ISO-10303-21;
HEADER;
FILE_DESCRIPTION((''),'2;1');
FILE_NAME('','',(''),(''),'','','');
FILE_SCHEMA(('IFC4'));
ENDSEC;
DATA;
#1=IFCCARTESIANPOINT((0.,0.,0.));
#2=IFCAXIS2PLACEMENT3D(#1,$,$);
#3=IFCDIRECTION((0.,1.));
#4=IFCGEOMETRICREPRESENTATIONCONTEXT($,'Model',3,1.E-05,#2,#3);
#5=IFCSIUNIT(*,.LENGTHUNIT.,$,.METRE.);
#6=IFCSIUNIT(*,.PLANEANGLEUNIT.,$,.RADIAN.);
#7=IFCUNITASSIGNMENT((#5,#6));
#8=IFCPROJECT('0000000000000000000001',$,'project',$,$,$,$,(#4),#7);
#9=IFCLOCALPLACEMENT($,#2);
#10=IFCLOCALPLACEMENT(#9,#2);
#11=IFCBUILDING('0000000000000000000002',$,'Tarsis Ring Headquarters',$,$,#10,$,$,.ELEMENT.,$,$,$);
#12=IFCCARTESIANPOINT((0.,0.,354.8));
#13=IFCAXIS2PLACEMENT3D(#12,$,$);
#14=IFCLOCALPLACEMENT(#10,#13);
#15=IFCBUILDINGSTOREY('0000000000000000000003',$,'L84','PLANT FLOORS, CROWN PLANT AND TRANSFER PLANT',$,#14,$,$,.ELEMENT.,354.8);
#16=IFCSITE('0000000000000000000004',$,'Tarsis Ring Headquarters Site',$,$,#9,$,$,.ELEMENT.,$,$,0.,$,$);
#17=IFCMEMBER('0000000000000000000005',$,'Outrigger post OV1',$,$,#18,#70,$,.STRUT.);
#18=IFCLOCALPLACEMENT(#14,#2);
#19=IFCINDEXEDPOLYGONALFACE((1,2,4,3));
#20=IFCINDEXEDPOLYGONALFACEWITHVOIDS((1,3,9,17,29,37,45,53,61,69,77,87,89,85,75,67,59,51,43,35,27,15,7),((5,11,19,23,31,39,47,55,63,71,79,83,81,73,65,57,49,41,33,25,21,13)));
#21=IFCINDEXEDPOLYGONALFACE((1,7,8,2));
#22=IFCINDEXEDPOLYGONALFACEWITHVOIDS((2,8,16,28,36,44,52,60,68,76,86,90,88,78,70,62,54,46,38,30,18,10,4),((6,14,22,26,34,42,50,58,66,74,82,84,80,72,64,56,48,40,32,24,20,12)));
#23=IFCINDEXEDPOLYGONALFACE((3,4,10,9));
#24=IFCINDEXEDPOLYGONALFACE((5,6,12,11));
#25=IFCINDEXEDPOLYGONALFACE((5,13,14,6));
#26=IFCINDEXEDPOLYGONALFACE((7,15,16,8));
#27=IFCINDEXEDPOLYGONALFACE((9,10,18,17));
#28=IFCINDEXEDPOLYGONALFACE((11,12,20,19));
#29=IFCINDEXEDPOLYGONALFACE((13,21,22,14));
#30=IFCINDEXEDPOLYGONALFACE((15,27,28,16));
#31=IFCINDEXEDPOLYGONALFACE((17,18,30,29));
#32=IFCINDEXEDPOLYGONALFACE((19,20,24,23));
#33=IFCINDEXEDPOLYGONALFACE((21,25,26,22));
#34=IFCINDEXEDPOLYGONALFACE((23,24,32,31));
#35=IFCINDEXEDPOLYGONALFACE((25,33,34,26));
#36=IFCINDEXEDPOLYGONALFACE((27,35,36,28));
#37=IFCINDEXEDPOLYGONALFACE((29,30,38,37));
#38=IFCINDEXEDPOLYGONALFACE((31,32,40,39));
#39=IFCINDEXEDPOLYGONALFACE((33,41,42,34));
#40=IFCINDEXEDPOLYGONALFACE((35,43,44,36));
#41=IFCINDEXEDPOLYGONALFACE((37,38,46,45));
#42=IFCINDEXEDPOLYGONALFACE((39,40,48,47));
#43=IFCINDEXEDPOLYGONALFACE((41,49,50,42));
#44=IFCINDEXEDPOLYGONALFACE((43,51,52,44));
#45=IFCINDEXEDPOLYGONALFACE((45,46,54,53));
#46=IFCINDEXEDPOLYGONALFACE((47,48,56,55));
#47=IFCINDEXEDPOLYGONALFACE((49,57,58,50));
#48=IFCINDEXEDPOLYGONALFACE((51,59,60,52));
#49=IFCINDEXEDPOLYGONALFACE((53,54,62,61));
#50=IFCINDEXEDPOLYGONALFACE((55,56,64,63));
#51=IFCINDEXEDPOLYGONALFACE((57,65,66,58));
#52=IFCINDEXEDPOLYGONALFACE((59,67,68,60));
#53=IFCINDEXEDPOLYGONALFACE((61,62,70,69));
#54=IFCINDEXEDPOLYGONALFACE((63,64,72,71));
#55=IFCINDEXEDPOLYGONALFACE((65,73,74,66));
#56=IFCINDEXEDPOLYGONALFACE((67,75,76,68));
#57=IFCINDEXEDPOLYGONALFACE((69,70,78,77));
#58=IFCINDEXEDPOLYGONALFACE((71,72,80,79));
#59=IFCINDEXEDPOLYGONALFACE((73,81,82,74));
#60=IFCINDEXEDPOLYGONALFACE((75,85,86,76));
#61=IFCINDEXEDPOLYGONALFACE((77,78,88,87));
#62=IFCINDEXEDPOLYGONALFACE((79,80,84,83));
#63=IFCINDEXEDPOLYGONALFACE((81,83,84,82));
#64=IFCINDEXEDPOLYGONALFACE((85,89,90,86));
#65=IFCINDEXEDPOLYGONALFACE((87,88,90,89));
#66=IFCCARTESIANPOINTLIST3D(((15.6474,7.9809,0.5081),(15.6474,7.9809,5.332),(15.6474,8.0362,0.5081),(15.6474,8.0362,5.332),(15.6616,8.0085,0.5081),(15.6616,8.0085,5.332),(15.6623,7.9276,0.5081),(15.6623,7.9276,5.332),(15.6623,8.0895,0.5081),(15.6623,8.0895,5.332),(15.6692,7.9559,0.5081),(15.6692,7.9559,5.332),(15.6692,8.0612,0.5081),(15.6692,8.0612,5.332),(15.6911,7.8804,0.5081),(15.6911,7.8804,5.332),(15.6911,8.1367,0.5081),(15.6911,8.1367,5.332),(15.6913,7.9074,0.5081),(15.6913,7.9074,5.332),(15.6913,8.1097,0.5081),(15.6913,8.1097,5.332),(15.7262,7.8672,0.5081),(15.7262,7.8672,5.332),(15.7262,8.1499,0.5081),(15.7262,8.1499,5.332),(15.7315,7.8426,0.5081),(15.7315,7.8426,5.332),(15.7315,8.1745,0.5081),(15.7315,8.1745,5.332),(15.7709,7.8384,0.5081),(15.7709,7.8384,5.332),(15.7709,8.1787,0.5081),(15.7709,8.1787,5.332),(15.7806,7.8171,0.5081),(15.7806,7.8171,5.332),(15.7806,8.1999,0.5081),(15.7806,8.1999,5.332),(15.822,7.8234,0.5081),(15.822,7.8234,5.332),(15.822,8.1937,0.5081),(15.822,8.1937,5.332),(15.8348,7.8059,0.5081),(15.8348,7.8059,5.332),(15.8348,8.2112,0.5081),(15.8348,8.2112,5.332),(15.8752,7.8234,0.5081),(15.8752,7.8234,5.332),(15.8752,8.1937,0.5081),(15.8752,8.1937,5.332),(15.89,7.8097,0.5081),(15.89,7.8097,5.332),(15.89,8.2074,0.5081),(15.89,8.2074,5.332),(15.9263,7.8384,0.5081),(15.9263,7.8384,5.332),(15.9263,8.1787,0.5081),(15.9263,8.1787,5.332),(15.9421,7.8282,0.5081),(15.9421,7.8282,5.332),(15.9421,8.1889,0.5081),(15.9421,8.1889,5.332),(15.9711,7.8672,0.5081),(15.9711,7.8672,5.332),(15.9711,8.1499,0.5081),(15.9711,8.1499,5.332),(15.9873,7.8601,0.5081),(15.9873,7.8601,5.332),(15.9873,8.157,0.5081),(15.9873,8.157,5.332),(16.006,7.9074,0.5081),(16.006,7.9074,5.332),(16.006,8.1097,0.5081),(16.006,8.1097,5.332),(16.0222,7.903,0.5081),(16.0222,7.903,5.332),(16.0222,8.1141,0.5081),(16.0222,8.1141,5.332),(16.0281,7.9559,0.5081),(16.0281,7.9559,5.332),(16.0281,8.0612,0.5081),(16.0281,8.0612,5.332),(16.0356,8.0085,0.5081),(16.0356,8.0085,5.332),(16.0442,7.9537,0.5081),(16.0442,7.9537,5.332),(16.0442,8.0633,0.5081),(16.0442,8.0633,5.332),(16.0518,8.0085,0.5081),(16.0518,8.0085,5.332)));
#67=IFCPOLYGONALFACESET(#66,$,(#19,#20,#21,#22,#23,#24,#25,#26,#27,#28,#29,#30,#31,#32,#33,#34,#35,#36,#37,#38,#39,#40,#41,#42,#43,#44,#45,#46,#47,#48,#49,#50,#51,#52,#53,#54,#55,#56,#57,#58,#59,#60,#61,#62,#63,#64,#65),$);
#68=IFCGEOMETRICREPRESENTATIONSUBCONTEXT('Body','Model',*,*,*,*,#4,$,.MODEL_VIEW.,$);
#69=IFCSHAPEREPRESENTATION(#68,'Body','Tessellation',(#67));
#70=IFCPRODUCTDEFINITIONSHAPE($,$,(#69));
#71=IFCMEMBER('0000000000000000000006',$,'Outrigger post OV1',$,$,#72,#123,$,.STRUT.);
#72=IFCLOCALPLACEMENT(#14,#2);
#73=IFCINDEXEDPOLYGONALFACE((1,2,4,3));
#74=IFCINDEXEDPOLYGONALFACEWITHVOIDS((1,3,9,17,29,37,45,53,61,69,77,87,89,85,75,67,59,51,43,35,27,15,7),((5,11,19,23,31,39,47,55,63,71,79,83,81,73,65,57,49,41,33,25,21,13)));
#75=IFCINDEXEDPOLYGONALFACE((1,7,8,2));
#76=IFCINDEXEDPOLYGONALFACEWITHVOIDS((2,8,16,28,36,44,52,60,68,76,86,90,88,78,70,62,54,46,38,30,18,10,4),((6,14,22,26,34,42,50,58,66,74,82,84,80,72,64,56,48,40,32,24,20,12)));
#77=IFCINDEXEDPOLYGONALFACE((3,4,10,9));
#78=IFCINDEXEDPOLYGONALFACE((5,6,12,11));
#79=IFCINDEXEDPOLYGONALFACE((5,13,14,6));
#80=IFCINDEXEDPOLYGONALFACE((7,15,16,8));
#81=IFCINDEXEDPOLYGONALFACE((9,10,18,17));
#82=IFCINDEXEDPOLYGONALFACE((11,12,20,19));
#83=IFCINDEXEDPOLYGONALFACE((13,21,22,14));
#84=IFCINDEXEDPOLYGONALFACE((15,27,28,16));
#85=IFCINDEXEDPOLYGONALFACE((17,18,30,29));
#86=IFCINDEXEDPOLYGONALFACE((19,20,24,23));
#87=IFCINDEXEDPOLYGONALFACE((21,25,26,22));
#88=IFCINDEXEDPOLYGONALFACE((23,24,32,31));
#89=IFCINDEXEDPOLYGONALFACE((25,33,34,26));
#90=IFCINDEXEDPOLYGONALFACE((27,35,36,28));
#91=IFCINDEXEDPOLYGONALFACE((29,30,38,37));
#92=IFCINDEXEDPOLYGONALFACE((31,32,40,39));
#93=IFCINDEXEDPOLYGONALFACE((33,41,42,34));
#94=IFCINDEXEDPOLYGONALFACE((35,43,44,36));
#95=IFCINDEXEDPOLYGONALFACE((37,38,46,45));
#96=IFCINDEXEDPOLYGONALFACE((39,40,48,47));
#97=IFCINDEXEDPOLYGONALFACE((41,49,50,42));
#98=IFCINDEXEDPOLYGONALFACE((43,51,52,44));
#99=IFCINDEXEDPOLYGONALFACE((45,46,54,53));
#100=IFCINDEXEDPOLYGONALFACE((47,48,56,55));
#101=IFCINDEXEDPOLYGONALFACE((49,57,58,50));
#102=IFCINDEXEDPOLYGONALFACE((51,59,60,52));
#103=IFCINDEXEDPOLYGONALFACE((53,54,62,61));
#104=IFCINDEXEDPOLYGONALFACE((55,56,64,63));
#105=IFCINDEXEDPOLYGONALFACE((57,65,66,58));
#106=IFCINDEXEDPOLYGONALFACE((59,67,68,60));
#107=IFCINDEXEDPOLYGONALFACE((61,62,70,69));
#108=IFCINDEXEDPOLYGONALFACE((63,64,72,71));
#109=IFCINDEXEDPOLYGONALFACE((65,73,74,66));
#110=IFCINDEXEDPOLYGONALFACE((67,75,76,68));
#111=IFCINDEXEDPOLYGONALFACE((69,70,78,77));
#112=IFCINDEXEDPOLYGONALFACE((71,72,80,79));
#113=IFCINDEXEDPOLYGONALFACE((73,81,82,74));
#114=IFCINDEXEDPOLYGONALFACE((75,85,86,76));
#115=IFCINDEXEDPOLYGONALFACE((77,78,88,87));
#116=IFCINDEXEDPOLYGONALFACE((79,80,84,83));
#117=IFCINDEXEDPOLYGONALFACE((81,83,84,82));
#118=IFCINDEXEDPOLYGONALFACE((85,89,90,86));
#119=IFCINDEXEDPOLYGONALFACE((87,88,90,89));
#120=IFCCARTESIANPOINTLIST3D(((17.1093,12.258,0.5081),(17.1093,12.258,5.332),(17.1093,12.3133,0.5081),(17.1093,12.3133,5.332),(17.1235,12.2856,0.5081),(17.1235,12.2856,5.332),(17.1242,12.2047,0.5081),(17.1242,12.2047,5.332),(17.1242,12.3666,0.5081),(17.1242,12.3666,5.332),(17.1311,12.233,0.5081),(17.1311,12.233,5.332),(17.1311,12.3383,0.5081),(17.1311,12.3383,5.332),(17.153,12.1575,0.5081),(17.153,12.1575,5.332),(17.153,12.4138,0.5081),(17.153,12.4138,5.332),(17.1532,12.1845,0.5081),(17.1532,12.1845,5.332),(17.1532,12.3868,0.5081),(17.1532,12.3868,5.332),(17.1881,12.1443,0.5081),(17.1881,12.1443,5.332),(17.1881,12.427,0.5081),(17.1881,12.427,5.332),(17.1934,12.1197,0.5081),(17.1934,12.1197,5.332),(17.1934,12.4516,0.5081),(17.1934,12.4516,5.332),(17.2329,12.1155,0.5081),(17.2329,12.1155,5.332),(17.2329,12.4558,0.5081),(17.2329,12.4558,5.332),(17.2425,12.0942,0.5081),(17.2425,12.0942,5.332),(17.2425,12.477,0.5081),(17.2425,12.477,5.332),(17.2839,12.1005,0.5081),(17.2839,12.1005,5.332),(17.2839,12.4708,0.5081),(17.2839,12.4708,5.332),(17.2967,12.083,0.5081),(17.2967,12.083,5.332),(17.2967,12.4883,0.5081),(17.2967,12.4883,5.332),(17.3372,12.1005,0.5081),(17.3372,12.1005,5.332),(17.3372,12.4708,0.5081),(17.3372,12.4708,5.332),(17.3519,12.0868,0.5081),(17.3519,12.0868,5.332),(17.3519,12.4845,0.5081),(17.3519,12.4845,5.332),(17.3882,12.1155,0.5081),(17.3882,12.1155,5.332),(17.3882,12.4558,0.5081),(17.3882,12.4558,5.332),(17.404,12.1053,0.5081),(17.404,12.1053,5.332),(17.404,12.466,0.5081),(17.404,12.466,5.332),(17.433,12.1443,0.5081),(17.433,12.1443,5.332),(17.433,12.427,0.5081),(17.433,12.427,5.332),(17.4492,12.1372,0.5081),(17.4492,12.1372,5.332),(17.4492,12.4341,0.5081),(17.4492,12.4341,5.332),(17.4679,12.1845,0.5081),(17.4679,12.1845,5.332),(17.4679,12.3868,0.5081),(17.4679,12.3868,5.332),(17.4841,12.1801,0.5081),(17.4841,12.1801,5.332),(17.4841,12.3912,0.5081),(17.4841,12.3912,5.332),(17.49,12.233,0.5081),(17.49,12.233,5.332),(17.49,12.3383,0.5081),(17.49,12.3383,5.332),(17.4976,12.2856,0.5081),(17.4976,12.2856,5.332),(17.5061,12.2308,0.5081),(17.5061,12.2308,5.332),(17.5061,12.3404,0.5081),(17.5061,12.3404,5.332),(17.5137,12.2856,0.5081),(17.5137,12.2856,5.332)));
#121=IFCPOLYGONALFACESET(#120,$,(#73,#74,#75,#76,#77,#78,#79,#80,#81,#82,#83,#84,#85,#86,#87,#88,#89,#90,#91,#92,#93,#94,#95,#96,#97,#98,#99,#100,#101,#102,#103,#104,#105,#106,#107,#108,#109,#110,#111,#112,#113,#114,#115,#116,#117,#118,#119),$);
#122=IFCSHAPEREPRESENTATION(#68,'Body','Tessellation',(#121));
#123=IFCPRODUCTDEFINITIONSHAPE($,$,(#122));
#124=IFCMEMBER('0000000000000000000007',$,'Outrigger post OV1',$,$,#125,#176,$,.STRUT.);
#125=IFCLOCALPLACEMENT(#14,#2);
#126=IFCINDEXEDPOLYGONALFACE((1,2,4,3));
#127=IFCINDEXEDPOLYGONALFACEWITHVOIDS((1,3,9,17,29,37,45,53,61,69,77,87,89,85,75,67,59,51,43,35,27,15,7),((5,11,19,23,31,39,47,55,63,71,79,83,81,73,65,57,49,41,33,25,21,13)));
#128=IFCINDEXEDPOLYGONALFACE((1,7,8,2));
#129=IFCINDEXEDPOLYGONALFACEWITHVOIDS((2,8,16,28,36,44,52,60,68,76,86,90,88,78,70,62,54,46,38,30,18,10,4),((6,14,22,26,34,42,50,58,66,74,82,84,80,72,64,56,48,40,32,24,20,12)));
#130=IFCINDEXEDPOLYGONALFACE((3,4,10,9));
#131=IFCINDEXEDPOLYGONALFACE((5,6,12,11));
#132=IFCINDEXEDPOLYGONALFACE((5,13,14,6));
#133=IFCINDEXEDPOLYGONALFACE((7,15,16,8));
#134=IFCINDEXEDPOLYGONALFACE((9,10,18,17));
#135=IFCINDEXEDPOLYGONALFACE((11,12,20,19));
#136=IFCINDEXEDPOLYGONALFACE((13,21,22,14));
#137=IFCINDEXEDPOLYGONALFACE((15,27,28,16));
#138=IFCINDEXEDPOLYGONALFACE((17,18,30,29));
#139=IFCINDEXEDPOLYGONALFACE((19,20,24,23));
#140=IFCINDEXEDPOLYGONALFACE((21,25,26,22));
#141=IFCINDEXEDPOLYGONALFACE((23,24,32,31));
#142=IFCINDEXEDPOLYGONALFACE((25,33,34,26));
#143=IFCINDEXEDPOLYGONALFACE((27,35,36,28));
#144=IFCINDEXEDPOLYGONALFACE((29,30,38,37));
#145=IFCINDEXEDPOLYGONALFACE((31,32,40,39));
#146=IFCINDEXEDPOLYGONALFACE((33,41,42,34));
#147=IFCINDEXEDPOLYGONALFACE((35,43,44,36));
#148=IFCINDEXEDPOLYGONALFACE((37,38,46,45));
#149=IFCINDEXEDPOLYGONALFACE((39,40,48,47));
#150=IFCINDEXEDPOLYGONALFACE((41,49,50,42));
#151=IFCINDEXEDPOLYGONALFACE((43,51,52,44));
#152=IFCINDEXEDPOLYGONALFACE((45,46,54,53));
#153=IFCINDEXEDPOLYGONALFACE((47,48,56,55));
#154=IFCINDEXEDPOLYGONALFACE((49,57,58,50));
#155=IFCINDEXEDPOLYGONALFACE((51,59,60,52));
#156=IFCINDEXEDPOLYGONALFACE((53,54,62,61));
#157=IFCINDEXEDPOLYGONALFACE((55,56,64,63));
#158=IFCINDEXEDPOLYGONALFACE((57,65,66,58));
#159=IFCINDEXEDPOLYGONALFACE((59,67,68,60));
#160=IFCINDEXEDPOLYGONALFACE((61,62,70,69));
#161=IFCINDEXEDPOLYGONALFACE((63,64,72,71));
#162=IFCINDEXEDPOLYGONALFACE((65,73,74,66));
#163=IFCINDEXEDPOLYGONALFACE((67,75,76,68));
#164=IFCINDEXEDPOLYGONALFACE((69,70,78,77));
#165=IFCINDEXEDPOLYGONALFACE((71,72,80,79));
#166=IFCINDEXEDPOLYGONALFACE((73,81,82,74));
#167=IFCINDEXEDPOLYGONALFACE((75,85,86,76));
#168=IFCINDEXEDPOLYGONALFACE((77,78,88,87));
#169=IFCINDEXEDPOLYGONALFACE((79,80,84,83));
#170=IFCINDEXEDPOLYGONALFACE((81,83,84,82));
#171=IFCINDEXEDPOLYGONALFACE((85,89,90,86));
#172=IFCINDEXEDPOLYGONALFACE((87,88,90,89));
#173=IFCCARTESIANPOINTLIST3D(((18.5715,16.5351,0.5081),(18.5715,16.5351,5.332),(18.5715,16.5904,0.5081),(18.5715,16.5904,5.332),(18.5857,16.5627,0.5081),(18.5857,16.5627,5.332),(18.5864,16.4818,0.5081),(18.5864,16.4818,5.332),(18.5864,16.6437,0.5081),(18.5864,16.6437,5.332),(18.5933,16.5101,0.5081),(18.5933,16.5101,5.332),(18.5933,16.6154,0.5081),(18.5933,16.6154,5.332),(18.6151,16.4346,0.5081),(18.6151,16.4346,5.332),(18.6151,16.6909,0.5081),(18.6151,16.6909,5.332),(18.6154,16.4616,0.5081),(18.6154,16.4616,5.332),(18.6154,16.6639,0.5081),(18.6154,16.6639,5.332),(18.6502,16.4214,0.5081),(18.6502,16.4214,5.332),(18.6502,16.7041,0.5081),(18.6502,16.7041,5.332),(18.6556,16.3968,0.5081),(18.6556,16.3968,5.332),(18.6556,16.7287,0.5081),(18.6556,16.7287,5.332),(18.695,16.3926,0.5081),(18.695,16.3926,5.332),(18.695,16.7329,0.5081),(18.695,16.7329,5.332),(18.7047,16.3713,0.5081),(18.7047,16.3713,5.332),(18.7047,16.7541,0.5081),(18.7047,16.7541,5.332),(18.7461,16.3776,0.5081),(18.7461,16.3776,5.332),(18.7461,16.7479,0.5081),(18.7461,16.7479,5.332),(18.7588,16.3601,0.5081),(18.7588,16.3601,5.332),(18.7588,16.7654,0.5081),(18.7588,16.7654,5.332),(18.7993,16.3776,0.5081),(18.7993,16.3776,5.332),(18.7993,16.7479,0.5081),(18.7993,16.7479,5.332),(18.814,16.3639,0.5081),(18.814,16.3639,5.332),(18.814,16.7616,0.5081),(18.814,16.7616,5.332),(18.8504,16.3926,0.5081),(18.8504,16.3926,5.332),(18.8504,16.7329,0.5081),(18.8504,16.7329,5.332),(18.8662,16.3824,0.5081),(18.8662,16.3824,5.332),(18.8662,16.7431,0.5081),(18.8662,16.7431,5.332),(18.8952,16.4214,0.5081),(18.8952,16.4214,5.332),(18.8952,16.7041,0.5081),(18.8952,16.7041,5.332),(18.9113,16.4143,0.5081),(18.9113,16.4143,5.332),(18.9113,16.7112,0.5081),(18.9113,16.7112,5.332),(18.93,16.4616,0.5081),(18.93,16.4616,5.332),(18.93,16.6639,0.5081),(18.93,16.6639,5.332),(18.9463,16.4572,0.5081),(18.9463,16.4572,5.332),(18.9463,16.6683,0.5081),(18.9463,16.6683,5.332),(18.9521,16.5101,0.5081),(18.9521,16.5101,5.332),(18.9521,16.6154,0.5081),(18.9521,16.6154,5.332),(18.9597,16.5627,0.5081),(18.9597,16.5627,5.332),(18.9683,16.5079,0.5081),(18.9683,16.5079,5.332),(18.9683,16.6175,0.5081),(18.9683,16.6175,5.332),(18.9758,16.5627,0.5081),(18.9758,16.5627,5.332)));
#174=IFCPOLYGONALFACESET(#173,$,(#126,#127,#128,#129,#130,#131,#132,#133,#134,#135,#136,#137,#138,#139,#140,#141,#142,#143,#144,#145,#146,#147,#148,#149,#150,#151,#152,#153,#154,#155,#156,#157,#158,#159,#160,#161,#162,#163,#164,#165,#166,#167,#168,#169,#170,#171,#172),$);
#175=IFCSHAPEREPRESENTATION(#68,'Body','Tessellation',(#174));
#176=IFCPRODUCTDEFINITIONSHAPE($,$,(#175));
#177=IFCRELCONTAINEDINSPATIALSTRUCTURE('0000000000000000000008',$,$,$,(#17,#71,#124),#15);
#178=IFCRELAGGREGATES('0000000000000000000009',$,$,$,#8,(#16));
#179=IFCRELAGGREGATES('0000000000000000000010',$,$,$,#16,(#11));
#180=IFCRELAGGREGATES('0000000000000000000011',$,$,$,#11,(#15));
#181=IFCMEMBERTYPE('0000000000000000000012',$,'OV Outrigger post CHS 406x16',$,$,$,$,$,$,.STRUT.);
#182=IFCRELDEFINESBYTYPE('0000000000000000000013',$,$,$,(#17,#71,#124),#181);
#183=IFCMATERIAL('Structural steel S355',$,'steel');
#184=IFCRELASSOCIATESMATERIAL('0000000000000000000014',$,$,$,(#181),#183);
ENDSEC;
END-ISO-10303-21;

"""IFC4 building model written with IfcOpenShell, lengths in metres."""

from ifc_helpers import new_model, si_unit, direction, frame, origin, origin_2d, place, context, subcontext, project, spatial, hollow_circle, extrude, material, material_profile, profile_set, type_object, element, save


model = new_model("IFC4")

# Units and contexts
model_context = context("Model", 3, precision=1e-05, world=origin(), true_north=direction((0.0, 1.0)))
body_context = subcontext(model_context, "Body", "Model", "MODEL_VIEW")
ifc_project = project(units=[si_unit("LENGTHUNIT", "METRE"), si_unit("PLANEANGLEUNIT", "RADIAN")], contexts=[model_context])

# Site, building, storey
site_placement = place(None, origin())
site = spatial("IfcSite", under=ifc_project, at=site_placement, Name="Tarsis Ring Headquarters Site", CompositionType="ELEMENT", RefElevation=0.0)
building_placement = place(site_placement, origin())
building = spatial("IfcBuilding", under=site, at=building_placement, Name="Tarsis Ring Headquarters", CompositionType="ELEMENT")
storey_placement = place(building_placement, frame((0.0, 0.0, 354.8)))
storey = spatial("IfcBuildingStorey", under=building, at=storey_placement, Name="L84", Description="PLANT FLOORS, CROWN PLANT AND TRANSFER PLANT", CompositionType="ELEMENT", Elevation=354.8)

# Shared definitions
ifc_material_1 = material(Name="Structural steel S355", Category="steel")

# Members
ifc_material_profile_1 = material_profile(ifc_material_1, hollow_circle(Radius=0.2031, WallThickness=0.0161, at=origin_2d()), Name="CHS 406x16")
ifc_profile_set_1 = profile_set([ifc_material_profile_1], Name="Structural steel S355")
member_type_1 = type_object("IfcMemberType", Name="OV Outrigger post CHS 406x16", PredefinedType="STRUT", material=ifc_profile_set_1)
for number, where, z_axis, x_axis, name in (
    (1, (15.8486, 8.0085, 0.5081), (0.0, 0.0, 1.0), (1.0, 0.0, 0.0), "Outrigger post OV1"),
    (2, (17.3105, 12.2856, 0.5081), (0.0, 0.0, 1.0), (1.0, 0.0, 0.0), "Outrigger post OV1"),
    (3, (18.7727, 16.5627, 0.5081), (0.0, 0.0, 1.0), (1.0, 0.0, 0.0), "Outrigger post OV1"),
):
    element("IfcMember", number, at=place(storey_placement, frame(where, z_axis=z_axis, x_axis=x_axis)), inside=storey, type_object=member_type_1, Name=name, PredefinedType="STRUT", context=body_context, shape_type="SweptSolid", body=[
        extrude(hollow_circle(Radius=0.2031, WallThickness=0.0161, at=origin_2d()), origin(), (0.0, 0.0, 1.0), 4.824),
    ])

save(model, "model.ifc")
